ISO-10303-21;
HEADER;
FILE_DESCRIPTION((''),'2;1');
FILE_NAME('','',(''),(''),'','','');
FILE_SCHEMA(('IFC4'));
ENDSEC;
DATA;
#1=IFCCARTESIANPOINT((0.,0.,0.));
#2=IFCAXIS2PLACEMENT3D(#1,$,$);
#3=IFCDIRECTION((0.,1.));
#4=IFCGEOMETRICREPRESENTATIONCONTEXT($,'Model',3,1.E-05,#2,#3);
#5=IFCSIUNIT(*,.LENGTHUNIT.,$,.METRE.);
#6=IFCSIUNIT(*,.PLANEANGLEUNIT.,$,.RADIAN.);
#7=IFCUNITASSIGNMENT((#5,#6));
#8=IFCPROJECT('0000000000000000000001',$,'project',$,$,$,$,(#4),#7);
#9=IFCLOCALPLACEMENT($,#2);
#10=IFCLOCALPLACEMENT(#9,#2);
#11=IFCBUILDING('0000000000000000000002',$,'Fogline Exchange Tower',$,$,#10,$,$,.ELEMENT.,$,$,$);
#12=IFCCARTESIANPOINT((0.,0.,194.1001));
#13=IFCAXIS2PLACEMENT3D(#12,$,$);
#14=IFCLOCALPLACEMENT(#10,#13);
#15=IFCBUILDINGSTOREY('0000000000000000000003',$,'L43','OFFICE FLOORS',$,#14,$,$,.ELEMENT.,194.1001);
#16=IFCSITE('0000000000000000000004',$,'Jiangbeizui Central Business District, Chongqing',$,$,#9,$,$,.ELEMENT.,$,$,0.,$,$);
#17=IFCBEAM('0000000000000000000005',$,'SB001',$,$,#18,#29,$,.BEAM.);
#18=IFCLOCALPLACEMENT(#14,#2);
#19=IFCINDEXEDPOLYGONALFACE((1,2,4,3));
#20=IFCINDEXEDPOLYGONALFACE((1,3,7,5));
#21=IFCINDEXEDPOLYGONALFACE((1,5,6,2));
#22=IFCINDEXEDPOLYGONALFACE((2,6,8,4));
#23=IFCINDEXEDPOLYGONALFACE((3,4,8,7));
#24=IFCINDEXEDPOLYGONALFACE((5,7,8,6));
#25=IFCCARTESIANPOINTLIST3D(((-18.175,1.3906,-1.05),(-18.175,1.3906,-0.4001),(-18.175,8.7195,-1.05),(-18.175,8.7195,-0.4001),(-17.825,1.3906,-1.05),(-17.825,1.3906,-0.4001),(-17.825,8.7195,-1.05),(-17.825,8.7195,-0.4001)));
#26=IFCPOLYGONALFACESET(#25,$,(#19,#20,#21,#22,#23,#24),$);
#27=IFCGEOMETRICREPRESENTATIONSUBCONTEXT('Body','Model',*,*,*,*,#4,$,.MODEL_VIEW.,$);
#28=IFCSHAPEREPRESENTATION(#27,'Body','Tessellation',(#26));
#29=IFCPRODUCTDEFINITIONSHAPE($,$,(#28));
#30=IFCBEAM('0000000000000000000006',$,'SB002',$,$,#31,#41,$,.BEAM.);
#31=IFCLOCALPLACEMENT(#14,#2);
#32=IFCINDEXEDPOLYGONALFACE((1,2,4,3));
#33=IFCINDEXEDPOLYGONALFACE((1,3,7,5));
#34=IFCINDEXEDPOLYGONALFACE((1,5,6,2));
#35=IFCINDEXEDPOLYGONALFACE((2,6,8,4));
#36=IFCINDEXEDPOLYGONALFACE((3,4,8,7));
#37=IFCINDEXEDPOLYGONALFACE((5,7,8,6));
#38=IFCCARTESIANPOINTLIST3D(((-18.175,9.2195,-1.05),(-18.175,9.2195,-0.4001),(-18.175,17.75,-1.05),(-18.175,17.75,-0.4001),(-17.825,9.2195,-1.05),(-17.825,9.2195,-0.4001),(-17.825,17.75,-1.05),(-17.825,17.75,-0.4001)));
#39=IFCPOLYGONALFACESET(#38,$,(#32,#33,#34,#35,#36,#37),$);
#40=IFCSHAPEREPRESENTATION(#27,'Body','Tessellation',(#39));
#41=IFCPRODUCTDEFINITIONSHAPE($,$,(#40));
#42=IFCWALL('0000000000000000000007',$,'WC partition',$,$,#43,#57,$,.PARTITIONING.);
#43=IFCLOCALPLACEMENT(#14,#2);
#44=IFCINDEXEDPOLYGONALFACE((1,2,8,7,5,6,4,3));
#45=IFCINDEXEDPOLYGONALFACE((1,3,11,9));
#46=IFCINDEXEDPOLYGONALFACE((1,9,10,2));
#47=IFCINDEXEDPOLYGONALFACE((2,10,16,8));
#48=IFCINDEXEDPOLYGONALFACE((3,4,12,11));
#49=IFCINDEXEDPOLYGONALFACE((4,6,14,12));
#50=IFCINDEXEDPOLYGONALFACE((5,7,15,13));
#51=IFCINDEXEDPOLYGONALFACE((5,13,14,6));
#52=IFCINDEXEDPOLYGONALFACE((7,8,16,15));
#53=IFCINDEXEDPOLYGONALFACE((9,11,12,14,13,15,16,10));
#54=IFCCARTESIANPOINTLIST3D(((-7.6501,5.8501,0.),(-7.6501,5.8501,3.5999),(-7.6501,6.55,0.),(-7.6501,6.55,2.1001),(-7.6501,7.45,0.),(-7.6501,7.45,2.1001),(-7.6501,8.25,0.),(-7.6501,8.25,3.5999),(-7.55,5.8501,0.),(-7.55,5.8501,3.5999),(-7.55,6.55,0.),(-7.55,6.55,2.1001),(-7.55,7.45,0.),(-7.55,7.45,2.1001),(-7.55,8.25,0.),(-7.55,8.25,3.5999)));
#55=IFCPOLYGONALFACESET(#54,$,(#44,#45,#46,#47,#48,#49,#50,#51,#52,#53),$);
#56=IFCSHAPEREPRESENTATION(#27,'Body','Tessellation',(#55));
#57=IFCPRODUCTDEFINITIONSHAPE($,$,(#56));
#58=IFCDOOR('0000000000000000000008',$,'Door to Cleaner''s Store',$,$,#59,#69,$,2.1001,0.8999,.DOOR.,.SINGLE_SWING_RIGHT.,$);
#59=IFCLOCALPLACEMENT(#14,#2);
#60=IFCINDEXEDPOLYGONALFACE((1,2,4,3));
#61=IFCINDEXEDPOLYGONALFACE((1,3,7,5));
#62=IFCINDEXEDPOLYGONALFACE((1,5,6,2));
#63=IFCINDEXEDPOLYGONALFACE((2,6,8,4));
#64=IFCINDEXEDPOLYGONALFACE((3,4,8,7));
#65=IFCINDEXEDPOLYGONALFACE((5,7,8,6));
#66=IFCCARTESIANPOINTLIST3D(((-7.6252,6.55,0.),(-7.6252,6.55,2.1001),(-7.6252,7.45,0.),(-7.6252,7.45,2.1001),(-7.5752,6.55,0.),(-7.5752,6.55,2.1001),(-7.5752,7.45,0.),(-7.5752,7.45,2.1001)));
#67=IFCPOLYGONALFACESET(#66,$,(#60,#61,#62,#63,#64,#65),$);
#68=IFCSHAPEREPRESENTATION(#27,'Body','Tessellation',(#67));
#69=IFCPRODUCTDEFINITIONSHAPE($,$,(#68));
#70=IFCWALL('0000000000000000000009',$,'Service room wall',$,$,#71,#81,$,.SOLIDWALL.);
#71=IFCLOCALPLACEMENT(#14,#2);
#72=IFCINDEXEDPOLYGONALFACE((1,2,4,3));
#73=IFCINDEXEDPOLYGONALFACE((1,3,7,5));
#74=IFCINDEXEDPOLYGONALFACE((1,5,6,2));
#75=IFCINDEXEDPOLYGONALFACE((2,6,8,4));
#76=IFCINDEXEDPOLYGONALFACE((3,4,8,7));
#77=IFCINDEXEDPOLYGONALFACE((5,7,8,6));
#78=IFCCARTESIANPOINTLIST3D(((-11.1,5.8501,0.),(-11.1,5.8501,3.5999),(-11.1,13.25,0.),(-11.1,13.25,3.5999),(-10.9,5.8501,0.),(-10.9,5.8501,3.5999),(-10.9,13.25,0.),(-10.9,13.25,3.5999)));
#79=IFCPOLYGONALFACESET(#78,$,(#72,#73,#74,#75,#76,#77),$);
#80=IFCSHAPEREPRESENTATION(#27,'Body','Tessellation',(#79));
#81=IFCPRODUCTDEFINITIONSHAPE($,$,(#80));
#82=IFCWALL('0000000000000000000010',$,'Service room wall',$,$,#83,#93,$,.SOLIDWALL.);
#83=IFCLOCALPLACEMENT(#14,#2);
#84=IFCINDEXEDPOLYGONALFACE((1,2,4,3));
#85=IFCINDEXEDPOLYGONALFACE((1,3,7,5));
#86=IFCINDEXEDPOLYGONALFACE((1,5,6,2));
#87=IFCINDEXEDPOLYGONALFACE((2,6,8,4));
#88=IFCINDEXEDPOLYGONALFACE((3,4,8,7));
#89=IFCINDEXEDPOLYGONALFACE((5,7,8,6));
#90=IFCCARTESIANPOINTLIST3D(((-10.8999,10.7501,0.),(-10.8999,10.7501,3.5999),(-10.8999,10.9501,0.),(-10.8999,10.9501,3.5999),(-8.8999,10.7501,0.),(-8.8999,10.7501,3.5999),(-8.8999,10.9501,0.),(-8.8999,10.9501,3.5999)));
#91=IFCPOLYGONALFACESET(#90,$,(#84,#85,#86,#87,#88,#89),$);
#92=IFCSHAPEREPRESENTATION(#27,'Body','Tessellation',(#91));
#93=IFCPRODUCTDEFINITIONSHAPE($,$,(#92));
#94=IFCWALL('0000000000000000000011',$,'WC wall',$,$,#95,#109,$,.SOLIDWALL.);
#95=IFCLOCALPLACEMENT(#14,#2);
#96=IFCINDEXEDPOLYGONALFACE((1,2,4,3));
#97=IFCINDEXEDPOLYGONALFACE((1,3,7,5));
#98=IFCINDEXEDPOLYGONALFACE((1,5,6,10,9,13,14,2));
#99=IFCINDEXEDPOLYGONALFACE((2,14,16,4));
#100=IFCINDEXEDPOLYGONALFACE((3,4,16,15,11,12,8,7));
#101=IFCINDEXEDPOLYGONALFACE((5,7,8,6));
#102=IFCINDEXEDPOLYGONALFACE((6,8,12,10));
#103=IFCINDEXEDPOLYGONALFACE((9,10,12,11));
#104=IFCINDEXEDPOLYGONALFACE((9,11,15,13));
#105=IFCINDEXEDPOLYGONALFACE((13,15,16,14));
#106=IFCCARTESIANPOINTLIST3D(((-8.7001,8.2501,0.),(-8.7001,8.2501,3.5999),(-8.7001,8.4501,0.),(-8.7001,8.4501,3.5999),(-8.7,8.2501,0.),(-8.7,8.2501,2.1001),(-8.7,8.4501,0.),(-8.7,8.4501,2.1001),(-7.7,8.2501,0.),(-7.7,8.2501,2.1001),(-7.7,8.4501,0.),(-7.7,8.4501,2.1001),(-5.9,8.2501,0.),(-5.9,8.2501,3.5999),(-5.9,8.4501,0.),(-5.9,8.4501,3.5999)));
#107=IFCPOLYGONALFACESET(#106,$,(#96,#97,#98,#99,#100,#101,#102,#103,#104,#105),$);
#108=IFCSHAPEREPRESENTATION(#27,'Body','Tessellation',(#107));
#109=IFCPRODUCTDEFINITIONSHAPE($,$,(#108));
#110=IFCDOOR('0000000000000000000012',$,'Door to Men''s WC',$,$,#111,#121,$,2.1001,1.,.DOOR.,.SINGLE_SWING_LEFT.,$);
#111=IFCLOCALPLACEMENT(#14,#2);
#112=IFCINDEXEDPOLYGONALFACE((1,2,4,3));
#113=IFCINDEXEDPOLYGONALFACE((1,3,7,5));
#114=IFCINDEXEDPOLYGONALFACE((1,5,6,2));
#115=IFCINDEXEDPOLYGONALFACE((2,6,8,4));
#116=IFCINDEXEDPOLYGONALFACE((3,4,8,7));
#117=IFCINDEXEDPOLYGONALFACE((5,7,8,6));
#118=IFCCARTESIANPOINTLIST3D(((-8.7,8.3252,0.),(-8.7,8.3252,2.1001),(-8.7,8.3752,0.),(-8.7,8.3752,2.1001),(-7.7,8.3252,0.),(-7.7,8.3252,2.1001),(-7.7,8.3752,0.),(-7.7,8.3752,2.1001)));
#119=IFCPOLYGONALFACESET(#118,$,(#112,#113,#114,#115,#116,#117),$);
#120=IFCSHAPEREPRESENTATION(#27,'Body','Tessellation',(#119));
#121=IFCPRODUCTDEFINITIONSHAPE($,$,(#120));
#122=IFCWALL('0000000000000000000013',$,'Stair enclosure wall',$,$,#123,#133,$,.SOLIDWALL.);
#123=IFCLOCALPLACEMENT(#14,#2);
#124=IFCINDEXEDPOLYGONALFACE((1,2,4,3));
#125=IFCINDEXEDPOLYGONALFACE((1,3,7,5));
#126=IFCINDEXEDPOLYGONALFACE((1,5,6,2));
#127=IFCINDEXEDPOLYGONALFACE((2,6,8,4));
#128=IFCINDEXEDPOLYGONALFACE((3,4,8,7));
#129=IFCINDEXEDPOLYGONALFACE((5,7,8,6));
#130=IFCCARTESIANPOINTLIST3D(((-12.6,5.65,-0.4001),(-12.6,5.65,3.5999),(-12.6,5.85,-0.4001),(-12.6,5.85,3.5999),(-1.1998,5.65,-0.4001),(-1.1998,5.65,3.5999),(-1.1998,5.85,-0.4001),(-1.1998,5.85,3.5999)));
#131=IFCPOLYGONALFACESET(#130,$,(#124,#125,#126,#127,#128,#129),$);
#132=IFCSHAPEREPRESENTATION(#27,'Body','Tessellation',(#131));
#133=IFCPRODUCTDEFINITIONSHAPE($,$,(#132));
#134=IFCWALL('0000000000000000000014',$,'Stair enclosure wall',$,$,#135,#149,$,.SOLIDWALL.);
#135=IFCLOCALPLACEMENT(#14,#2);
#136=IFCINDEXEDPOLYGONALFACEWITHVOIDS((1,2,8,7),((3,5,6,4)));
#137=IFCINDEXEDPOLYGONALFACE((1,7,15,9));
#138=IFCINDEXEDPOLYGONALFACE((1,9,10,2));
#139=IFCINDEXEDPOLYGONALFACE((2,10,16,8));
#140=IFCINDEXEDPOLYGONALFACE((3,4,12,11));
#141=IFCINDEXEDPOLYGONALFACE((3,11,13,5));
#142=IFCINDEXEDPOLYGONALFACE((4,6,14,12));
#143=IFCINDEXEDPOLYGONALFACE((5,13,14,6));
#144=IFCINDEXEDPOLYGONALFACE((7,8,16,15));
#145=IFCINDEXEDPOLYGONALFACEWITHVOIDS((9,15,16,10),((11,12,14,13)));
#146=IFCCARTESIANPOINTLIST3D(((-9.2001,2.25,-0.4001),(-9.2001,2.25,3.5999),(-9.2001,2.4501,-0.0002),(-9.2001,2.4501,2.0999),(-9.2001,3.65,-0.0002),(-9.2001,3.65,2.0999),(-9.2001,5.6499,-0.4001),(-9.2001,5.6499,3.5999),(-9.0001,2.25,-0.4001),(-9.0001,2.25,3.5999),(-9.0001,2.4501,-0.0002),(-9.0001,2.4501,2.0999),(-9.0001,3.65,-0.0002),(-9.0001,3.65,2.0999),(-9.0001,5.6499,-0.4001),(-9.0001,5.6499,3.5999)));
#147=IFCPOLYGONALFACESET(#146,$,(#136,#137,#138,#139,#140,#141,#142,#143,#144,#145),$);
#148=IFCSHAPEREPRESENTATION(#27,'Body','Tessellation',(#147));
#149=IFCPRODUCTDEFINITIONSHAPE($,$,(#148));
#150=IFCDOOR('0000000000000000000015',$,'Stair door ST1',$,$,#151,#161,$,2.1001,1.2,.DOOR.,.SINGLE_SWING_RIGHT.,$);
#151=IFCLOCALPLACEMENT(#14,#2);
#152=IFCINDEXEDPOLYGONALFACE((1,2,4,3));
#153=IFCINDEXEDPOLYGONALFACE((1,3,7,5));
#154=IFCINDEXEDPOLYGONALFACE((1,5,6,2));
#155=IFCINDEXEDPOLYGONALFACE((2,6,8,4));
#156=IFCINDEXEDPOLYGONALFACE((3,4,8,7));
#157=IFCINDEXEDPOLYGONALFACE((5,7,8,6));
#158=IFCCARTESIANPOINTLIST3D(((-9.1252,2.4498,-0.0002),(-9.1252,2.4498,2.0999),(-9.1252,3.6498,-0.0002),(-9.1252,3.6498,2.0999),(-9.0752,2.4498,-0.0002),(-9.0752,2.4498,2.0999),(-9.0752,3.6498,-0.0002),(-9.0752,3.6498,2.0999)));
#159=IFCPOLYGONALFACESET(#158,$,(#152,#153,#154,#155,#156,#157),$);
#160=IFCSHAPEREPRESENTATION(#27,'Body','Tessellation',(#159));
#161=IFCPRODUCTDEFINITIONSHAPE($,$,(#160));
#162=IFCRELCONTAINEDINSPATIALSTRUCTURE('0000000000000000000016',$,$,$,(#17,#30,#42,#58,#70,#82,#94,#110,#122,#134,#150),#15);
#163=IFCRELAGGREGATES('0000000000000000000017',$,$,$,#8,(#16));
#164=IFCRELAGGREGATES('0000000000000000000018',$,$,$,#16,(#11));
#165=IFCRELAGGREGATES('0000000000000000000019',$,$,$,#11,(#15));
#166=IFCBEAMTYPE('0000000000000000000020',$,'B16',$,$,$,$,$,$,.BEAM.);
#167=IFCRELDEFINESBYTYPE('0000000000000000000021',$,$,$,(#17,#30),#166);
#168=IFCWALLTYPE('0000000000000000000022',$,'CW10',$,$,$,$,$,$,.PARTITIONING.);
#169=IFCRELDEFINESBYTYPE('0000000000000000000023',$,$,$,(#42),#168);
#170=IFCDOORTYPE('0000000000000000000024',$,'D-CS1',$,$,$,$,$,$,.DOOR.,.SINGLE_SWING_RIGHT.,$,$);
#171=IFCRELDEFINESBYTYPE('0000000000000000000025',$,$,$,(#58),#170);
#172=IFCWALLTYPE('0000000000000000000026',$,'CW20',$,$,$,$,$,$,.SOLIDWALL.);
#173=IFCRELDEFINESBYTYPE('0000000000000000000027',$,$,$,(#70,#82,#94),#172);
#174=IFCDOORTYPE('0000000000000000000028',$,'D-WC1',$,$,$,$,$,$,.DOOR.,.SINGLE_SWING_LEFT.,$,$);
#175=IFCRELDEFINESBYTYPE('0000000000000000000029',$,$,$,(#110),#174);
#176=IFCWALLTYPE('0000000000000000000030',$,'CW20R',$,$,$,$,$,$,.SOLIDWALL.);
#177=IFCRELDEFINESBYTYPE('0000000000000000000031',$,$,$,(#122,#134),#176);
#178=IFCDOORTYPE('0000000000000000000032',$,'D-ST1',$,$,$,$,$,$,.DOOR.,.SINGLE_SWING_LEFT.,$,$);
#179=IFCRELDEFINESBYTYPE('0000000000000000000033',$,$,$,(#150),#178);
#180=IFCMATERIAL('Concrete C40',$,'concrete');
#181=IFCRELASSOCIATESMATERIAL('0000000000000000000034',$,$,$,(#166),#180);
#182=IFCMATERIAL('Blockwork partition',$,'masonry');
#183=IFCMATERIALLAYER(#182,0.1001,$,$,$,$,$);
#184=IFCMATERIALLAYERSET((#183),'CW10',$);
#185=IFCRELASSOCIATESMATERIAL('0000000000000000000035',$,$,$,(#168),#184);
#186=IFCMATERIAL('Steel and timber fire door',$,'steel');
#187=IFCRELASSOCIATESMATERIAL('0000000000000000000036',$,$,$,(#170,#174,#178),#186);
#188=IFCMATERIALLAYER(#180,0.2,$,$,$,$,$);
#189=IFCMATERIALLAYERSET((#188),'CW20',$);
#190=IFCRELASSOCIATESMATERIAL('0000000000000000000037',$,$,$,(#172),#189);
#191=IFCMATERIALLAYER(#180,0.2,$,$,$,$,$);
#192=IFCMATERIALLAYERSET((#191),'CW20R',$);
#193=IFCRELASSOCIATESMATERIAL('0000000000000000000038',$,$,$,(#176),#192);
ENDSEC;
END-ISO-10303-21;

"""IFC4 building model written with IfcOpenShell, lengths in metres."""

from ifc_helpers import new_model, si_unit, direction, frame, frame_2d, origin, origin_2d, place, context, subcontext, project, spatial, rectangle, extrude, material, layer, layer_set, material_profile, profile_set, type_object, element, fill, save


model = new_model("IFC4")

# Units and contexts
model_context = context("Model", 3, precision=1e-05, world=origin(), true_north=direction((0.0, 1.0)))
body_context = subcontext(model_context, "Body", "Model", "MODEL_VIEW")
ifc_project = project(units=[si_unit("LENGTHUNIT", "METRE"), si_unit("PLANEANGLEUNIT", "RADIAN")], contexts=[model_context])

# Site, building, storey
site_placement = place(None, origin())
site = spatial("IfcSite", under=ifc_project, at=site_placement, Name="Jiangbeizui Central Business District, Chongqing", CompositionType="ELEMENT", RefElevation=0.0)
building_placement = place(site_placement, origin())
building = spatial("IfcBuilding", under=site, at=building_placement, Name="Fogline Exchange Tower", CompositionType="ELEMENT")
storey_placement = place(building_placement, frame((0.0, 0.0, 194.1001)))
storey = spatial("IfcBuildingStorey", under=building, at=storey_placement, Name="L43", Description="OFFICE FLOORS", CompositionType="ELEMENT", Elevation=194.1001)

# Beams
ifc_material_1 = material(Name="Concrete C40", Category="concrete")
ifc_material_profile = material_profile(ifc_material_1, rectangle(XDim=0.3501, YDim=0.6499, at=origin_2d()), Name="RC 350x650")
ifc_profile_set = profile_set([ifc_material_profile], Name="Concrete C40")
beam_type = type_object("IfcBeamType", Name="B16", PredefinedType="BEAM", material=ifc_profile_set)
beam_1_placement = place(storey_placement, frame((-18.0, 1.3906, -0.7251), z_axis=(0.0, 1.0, 0.0), x_axis=(-1.0, 0.0, 0.0)))
element("IfcBeam", 1, at=beam_1_placement, inside=storey, type_object=beam_type, Name="SB001", PredefinedType="BEAM", context=body_context, shape_type="SweptSolid", body=[
    extrude(rectangle(XDim=0.3501, YDim=0.6499, at=origin_2d()), origin(), (0.0, 0.0, 1.0), 7.3289),
])
beam_2_placement = place(storey_placement, frame((-18.0, 9.2195, -0.7251), z_axis=(0.0, 1.0, 0.0), x_axis=(-1.0, 0.0, 0.0)))
element("IfcBeam", 2, at=beam_2_placement, inside=storey, type_object=beam_type, Name="SB002", PredefinedType="BEAM", context=body_context, shape_type="SweptSolid", body=[
    extrude(rectangle(XDim=0.3501, YDim=0.6499, at=origin_2d()), origin(), (0.0, 0.0, 1.0), 8.5305),
])

# Wall, opening, door
ifc_material_2 = material(Name="Blockwork partition", Category="masonry")
ifc_layer_1 = layer(ifc_material_2, 0.1001)
ifc_layer_set_1 = layer_set([ifc_layer_1], Name="CW10")
wall_type_1 = type_object("IfcWallType", Name="CW10", PredefinedType="PARTITIONING", material=ifc_layer_set_1)
wall_1_placement = place(storey_placement, frame((-7.6001, 5.8501, 0.0), z_axis=(0.0, 0.0, 1.0), x_axis=(0.0, 1.0, 0.0)))
wall_1 = element("IfcWall", 3, at=wall_1_placement, inside=storey, type_object=wall_type_1, Name="WC partition", PredefinedType="PARTITIONING", context=body_context, shape_type="SweptSolid", body=[
    extrude(rectangle(XDim=2.3999, YDim=0.1001, at=frame_2d((1.2, 0.0))), origin(), (0.0, 0.0, 1.0), 3.5999),
])
opening_1_placement = place(wall_1_placement, frame((0.7, 0.0, 0.0)))
opening_1 = element("IfcOpeningElement", 4, at=opening_1_placement, cuts=wall_1, PredefinedType="OPENING", context=body_context, shape_type="SweptSolid", body=[
    extrude(rectangle(XDim=0.8999, YDim=2.1001, at=frame_2d((0.45, 1.05))), frame((0.0, 0.0601, 0.0), z_axis=(0.0, -1.0, 0.0), x_axis=(1.0, 0.0, 0.0)), (0.0, 0.0, 1.0), 0.1201),
])
ifc_material_3 = material(Name="Steel and timber fire door", Category="steel")
door_type_1 = type_object("IfcDoorType", Name="D-CS1", OperationType="SINGLE_SWING_RIGHT", PredefinedType="DOOR", material=ifc_material_3)
door_1_placement = place(opening_1_placement, frame((0.8999, 0.0, 0.0), z_axis=(0.0, 0.0, 1.0), x_axis=(-1.0, 0.0, 0.0)))
door_1 = element("IfcDoor", 5, at=door_1_placement, inside=storey, type_object=door_type_1, Name="Door to Cleaner's Store", OperationType="SINGLE_SWING_RIGHT", OverallHeight=2.1001, OverallWidth=0.8999, PredefinedType="DOOR", context=body_context, shape_type="SweptSolid", body=[
    extrude(rectangle(XDim=0.8999, YDim=2.1001, at=frame_2d((0.45, 1.05))), frame((0.0, 0.0249, 0.0), z_axis=(0.0, -1.0, 0.0), x_axis=(1.0, 0.0, 0.0)), (0.0, 0.0, 1.0), 0.05),
])
fill(opening_1, door_1)

# Walls
ifc_layer_2 = layer(ifc_material_1, 0.2)
ifc_layer_set_2 = layer_set([ifc_layer_2], Name="CW20")
wall_type_2 = type_object("IfcWallType", Name="CW20", PredefinedType="SOLIDWALL", material=ifc_layer_set_2)
wall_2_placement = place(storey_placement, frame((-11.0, 5.8501, 0.0), z_axis=(0.0, 0.0, 1.0), x_axis=(0.0, 1.0, 0.0)))
element("IfcWall", 6, at=wall_2_placement, inside=storey, type_object=wall_type_2, Name="Service room wall", PredefinedType="SOLIDWALL", context=body_context, shape_type="SweptSolid", body=[
    extrude(rectangle(XDim=7.3999, YDim=0.2, at=frame_2d((3.7, 0.0))), origin(), (0.0, 0.0, 1.0), 3.5999),
])
wall_3_placement = place(storey_placement, frame((-10.8999, 10.8501, 0.0), z_axis=(0.0, 0.0, 1.0), x_axis=(1.0, 0.0, 0.0)))
element("IfcWall", 7, at=wall_3_placement, inside=storey, type_object=wall_type_2, Name="Service room wall", PredefinedType="SOLIDWALL", context=body_context, shape_type="SweptSolid", body=[
    extrude(rectangle(XDim=2.0, YDim=0.2, at=frame_2d((1.0, 0.0))), origin(), (0.0, 0.0, 1.0), 3.5999),
])

# Wall, opening, door
wall_4_placement = place(storey_placement, frame((-8.7, 8.3501, 0.0), z_axis=(0.0, 0.0, 1.0), x_axis=(1.0, 0.0, 0.0)))
wall_4 = element("IfcWall", 8, at=wall_4_placement, inside=storey, type_object=wall_type_2, Name="WC wall", PredefinedType="SOLIDWALL", context=body_context, shape_type="SweptSolid", body=[
    extrude(rectangle(XDim=2.8, YDim=0.2, at=frame_2d((1.3999, 0.0))), origin(), (0.0, 0.0, 1.0), 3.5999),
])
opening_2_placement = place(wall_4_placement, origin())
opening_2 = element("IfcOpeningElement", 9, at=opening_2_placement, cuts=wall_4, PredefinedType="OPENING", context=body_context, shape_type="SweptSolid", body=[
    extrude(rectangle(XDim=1.0, YDim=2.1001, at=frame_2d((0.5, 1.05))), frame((0.0, 0.1099, 0.0), z_axis=(0.0, -1.0, 0.0), x_axis=(1.0, 0.0, 0.0)), (0.0, 0.0, 1.0), 0.22),
])
door_type_2 = type_object("IfcDoorType", Name="D-WC1", OperationType="SINGLE_SWING_LEFT", PredefinedType="DOOR", material=ifc_material_3)
door_2_placement = place(opening_2_placement, frame((1.0, 0.0, 0.0), z_axis=(0.0, 0.0, 1.0), x_axis=(-1.0, 0.0, 0.0)))
door_2 = element("IfcDoor", 10, at=door_2_placement, inside=storey, type_object=door_type_2, Name="Door to Men's WC", OperationType="SINGLE_SWING_LEFT", OverallHeight=2.1001, OverallWidth=1.0, PredefinedType="DOOR", context=body_context, shape_type="SweptSolid", body=[
    extrude(rectangle(XDim=1.0, YDim=2.1001, at=frame_2d((0.5, 1.05))), frame((0.0, 0.0249, 0.0), z_axis=(0.0, -1.0, 0.0), x_axis=(1.0, 0.0, 0.0)), (0.0, 0.0, 1.0), 0.05),
])
fill(opening_2, door_2)

# Wall
ifc_layer_3 = layer(ifc_material_1, 0.2)
ifc_layer_set_3 = layer_set([ifc_layer_3], Name="CW20R")
wall_type_3 = type_object("IfcWallType", Name="CW20R", PredefinedType="SOLIDWALL", material=ifc_layer_set_3)
wall_5_placement = place(storey_placement, frame((-12.6001, 5.75, -0.4001), z_axis=(0.0, 0.0, 1.0), x_axis=(1.0, 0.0, 0.0)))
element("IfcWall", 11, at=wall_5_placement, inside=storey, type_object=wall_type_3, Name="Stair enclosure wall", PredefinedType="SOLIDWALL", context=body_context, shape_type="SweptSolid", body=[
    extrude(rectangle(XDim=11.4001, YDim=0.2, at=frame_2d((5.7002, 0.0))), origin(), (0.0, 0.0, 1.0), 4.0),
])

# Wall, opening, door
wall_6_placement = place(storey_placement, frame((-9.1001, 2.25, -0.4001), z_axis=(0.0, 0.0, 1.0), x_axis=(0.0, 1.0, 0.0)))
wall_6 = element("IfcWall", 12, at=wall_6_placement, inside=storey, type_object=wall_type_3, Name="Stair enclosure wall", PredefinedType="SOLIDWALL", context=body_context, shape_type="SweptSolid", body=[
    extrude(rectangle(XDim=3.3999, YDim=0.2, at=frame_2d((1.7, 0.0))), origin(), (0.0, 0.0, 1.0), 4.0),
])
opening_3_placement = place(wall_6_placement, frame((0.2, 0.0, 0.3999)))
opening_3 = element("IfcOpeningElement", 13, at=opening_3_placement, cuts=wall_6, PredefinedType="OPENING", context=body_context, shape_type="SweptSolid", body=[
    extrude(rectangle(XDim=1.2, YDim=2.1001, at=frame_2d((0.6001, 1.05))), frame((0.0, 0.1099, 0.0), z_axis=(0.0, -1.0, 0.0), x_axis=(1.0, 0.0, 0.0)), (0.0, 0.0, 1.0), 0.22),
])
door_type_3 = type_object("IfcDoorType", Name="D-ST1", OperationType="SINGLE_SWING_LEFT", PredefinedType="DOOR", material=ifc_material_3)
door_3_placement = place(opening_3_placement, frame((1.2, 0.0, 0.0), z_axis=(0.0, 0.0, 1.0), x_axis=(-1.0, 0.0, 0.0)))
door_3 = element("IfcDoor", 14, at=door_3_placement, inside=storey, type_object=door_type_3, Name="Stair door ST1", OperationType="SINGLE_SWING_RIGHT", OverallHeight=2.1001, OverallWidth=1.2, PredefinedType="DOOR", context=body_context, shape_type="SweptSolid", body=[
    extrude(rectangle(XDim=1.2, YDim=2.1001, at=frame_2d((0.6001, 1.05))), frame((0.0, 0.0249, 0.0), z_axis=(0.0, -1.0, 0.0), x_axis=(1.0, 0.0, 0.0)), (0.0, 0.0, 1.0), 0.05),
])
fill(opening_3, door_3)

save(model, "model.ifc")
